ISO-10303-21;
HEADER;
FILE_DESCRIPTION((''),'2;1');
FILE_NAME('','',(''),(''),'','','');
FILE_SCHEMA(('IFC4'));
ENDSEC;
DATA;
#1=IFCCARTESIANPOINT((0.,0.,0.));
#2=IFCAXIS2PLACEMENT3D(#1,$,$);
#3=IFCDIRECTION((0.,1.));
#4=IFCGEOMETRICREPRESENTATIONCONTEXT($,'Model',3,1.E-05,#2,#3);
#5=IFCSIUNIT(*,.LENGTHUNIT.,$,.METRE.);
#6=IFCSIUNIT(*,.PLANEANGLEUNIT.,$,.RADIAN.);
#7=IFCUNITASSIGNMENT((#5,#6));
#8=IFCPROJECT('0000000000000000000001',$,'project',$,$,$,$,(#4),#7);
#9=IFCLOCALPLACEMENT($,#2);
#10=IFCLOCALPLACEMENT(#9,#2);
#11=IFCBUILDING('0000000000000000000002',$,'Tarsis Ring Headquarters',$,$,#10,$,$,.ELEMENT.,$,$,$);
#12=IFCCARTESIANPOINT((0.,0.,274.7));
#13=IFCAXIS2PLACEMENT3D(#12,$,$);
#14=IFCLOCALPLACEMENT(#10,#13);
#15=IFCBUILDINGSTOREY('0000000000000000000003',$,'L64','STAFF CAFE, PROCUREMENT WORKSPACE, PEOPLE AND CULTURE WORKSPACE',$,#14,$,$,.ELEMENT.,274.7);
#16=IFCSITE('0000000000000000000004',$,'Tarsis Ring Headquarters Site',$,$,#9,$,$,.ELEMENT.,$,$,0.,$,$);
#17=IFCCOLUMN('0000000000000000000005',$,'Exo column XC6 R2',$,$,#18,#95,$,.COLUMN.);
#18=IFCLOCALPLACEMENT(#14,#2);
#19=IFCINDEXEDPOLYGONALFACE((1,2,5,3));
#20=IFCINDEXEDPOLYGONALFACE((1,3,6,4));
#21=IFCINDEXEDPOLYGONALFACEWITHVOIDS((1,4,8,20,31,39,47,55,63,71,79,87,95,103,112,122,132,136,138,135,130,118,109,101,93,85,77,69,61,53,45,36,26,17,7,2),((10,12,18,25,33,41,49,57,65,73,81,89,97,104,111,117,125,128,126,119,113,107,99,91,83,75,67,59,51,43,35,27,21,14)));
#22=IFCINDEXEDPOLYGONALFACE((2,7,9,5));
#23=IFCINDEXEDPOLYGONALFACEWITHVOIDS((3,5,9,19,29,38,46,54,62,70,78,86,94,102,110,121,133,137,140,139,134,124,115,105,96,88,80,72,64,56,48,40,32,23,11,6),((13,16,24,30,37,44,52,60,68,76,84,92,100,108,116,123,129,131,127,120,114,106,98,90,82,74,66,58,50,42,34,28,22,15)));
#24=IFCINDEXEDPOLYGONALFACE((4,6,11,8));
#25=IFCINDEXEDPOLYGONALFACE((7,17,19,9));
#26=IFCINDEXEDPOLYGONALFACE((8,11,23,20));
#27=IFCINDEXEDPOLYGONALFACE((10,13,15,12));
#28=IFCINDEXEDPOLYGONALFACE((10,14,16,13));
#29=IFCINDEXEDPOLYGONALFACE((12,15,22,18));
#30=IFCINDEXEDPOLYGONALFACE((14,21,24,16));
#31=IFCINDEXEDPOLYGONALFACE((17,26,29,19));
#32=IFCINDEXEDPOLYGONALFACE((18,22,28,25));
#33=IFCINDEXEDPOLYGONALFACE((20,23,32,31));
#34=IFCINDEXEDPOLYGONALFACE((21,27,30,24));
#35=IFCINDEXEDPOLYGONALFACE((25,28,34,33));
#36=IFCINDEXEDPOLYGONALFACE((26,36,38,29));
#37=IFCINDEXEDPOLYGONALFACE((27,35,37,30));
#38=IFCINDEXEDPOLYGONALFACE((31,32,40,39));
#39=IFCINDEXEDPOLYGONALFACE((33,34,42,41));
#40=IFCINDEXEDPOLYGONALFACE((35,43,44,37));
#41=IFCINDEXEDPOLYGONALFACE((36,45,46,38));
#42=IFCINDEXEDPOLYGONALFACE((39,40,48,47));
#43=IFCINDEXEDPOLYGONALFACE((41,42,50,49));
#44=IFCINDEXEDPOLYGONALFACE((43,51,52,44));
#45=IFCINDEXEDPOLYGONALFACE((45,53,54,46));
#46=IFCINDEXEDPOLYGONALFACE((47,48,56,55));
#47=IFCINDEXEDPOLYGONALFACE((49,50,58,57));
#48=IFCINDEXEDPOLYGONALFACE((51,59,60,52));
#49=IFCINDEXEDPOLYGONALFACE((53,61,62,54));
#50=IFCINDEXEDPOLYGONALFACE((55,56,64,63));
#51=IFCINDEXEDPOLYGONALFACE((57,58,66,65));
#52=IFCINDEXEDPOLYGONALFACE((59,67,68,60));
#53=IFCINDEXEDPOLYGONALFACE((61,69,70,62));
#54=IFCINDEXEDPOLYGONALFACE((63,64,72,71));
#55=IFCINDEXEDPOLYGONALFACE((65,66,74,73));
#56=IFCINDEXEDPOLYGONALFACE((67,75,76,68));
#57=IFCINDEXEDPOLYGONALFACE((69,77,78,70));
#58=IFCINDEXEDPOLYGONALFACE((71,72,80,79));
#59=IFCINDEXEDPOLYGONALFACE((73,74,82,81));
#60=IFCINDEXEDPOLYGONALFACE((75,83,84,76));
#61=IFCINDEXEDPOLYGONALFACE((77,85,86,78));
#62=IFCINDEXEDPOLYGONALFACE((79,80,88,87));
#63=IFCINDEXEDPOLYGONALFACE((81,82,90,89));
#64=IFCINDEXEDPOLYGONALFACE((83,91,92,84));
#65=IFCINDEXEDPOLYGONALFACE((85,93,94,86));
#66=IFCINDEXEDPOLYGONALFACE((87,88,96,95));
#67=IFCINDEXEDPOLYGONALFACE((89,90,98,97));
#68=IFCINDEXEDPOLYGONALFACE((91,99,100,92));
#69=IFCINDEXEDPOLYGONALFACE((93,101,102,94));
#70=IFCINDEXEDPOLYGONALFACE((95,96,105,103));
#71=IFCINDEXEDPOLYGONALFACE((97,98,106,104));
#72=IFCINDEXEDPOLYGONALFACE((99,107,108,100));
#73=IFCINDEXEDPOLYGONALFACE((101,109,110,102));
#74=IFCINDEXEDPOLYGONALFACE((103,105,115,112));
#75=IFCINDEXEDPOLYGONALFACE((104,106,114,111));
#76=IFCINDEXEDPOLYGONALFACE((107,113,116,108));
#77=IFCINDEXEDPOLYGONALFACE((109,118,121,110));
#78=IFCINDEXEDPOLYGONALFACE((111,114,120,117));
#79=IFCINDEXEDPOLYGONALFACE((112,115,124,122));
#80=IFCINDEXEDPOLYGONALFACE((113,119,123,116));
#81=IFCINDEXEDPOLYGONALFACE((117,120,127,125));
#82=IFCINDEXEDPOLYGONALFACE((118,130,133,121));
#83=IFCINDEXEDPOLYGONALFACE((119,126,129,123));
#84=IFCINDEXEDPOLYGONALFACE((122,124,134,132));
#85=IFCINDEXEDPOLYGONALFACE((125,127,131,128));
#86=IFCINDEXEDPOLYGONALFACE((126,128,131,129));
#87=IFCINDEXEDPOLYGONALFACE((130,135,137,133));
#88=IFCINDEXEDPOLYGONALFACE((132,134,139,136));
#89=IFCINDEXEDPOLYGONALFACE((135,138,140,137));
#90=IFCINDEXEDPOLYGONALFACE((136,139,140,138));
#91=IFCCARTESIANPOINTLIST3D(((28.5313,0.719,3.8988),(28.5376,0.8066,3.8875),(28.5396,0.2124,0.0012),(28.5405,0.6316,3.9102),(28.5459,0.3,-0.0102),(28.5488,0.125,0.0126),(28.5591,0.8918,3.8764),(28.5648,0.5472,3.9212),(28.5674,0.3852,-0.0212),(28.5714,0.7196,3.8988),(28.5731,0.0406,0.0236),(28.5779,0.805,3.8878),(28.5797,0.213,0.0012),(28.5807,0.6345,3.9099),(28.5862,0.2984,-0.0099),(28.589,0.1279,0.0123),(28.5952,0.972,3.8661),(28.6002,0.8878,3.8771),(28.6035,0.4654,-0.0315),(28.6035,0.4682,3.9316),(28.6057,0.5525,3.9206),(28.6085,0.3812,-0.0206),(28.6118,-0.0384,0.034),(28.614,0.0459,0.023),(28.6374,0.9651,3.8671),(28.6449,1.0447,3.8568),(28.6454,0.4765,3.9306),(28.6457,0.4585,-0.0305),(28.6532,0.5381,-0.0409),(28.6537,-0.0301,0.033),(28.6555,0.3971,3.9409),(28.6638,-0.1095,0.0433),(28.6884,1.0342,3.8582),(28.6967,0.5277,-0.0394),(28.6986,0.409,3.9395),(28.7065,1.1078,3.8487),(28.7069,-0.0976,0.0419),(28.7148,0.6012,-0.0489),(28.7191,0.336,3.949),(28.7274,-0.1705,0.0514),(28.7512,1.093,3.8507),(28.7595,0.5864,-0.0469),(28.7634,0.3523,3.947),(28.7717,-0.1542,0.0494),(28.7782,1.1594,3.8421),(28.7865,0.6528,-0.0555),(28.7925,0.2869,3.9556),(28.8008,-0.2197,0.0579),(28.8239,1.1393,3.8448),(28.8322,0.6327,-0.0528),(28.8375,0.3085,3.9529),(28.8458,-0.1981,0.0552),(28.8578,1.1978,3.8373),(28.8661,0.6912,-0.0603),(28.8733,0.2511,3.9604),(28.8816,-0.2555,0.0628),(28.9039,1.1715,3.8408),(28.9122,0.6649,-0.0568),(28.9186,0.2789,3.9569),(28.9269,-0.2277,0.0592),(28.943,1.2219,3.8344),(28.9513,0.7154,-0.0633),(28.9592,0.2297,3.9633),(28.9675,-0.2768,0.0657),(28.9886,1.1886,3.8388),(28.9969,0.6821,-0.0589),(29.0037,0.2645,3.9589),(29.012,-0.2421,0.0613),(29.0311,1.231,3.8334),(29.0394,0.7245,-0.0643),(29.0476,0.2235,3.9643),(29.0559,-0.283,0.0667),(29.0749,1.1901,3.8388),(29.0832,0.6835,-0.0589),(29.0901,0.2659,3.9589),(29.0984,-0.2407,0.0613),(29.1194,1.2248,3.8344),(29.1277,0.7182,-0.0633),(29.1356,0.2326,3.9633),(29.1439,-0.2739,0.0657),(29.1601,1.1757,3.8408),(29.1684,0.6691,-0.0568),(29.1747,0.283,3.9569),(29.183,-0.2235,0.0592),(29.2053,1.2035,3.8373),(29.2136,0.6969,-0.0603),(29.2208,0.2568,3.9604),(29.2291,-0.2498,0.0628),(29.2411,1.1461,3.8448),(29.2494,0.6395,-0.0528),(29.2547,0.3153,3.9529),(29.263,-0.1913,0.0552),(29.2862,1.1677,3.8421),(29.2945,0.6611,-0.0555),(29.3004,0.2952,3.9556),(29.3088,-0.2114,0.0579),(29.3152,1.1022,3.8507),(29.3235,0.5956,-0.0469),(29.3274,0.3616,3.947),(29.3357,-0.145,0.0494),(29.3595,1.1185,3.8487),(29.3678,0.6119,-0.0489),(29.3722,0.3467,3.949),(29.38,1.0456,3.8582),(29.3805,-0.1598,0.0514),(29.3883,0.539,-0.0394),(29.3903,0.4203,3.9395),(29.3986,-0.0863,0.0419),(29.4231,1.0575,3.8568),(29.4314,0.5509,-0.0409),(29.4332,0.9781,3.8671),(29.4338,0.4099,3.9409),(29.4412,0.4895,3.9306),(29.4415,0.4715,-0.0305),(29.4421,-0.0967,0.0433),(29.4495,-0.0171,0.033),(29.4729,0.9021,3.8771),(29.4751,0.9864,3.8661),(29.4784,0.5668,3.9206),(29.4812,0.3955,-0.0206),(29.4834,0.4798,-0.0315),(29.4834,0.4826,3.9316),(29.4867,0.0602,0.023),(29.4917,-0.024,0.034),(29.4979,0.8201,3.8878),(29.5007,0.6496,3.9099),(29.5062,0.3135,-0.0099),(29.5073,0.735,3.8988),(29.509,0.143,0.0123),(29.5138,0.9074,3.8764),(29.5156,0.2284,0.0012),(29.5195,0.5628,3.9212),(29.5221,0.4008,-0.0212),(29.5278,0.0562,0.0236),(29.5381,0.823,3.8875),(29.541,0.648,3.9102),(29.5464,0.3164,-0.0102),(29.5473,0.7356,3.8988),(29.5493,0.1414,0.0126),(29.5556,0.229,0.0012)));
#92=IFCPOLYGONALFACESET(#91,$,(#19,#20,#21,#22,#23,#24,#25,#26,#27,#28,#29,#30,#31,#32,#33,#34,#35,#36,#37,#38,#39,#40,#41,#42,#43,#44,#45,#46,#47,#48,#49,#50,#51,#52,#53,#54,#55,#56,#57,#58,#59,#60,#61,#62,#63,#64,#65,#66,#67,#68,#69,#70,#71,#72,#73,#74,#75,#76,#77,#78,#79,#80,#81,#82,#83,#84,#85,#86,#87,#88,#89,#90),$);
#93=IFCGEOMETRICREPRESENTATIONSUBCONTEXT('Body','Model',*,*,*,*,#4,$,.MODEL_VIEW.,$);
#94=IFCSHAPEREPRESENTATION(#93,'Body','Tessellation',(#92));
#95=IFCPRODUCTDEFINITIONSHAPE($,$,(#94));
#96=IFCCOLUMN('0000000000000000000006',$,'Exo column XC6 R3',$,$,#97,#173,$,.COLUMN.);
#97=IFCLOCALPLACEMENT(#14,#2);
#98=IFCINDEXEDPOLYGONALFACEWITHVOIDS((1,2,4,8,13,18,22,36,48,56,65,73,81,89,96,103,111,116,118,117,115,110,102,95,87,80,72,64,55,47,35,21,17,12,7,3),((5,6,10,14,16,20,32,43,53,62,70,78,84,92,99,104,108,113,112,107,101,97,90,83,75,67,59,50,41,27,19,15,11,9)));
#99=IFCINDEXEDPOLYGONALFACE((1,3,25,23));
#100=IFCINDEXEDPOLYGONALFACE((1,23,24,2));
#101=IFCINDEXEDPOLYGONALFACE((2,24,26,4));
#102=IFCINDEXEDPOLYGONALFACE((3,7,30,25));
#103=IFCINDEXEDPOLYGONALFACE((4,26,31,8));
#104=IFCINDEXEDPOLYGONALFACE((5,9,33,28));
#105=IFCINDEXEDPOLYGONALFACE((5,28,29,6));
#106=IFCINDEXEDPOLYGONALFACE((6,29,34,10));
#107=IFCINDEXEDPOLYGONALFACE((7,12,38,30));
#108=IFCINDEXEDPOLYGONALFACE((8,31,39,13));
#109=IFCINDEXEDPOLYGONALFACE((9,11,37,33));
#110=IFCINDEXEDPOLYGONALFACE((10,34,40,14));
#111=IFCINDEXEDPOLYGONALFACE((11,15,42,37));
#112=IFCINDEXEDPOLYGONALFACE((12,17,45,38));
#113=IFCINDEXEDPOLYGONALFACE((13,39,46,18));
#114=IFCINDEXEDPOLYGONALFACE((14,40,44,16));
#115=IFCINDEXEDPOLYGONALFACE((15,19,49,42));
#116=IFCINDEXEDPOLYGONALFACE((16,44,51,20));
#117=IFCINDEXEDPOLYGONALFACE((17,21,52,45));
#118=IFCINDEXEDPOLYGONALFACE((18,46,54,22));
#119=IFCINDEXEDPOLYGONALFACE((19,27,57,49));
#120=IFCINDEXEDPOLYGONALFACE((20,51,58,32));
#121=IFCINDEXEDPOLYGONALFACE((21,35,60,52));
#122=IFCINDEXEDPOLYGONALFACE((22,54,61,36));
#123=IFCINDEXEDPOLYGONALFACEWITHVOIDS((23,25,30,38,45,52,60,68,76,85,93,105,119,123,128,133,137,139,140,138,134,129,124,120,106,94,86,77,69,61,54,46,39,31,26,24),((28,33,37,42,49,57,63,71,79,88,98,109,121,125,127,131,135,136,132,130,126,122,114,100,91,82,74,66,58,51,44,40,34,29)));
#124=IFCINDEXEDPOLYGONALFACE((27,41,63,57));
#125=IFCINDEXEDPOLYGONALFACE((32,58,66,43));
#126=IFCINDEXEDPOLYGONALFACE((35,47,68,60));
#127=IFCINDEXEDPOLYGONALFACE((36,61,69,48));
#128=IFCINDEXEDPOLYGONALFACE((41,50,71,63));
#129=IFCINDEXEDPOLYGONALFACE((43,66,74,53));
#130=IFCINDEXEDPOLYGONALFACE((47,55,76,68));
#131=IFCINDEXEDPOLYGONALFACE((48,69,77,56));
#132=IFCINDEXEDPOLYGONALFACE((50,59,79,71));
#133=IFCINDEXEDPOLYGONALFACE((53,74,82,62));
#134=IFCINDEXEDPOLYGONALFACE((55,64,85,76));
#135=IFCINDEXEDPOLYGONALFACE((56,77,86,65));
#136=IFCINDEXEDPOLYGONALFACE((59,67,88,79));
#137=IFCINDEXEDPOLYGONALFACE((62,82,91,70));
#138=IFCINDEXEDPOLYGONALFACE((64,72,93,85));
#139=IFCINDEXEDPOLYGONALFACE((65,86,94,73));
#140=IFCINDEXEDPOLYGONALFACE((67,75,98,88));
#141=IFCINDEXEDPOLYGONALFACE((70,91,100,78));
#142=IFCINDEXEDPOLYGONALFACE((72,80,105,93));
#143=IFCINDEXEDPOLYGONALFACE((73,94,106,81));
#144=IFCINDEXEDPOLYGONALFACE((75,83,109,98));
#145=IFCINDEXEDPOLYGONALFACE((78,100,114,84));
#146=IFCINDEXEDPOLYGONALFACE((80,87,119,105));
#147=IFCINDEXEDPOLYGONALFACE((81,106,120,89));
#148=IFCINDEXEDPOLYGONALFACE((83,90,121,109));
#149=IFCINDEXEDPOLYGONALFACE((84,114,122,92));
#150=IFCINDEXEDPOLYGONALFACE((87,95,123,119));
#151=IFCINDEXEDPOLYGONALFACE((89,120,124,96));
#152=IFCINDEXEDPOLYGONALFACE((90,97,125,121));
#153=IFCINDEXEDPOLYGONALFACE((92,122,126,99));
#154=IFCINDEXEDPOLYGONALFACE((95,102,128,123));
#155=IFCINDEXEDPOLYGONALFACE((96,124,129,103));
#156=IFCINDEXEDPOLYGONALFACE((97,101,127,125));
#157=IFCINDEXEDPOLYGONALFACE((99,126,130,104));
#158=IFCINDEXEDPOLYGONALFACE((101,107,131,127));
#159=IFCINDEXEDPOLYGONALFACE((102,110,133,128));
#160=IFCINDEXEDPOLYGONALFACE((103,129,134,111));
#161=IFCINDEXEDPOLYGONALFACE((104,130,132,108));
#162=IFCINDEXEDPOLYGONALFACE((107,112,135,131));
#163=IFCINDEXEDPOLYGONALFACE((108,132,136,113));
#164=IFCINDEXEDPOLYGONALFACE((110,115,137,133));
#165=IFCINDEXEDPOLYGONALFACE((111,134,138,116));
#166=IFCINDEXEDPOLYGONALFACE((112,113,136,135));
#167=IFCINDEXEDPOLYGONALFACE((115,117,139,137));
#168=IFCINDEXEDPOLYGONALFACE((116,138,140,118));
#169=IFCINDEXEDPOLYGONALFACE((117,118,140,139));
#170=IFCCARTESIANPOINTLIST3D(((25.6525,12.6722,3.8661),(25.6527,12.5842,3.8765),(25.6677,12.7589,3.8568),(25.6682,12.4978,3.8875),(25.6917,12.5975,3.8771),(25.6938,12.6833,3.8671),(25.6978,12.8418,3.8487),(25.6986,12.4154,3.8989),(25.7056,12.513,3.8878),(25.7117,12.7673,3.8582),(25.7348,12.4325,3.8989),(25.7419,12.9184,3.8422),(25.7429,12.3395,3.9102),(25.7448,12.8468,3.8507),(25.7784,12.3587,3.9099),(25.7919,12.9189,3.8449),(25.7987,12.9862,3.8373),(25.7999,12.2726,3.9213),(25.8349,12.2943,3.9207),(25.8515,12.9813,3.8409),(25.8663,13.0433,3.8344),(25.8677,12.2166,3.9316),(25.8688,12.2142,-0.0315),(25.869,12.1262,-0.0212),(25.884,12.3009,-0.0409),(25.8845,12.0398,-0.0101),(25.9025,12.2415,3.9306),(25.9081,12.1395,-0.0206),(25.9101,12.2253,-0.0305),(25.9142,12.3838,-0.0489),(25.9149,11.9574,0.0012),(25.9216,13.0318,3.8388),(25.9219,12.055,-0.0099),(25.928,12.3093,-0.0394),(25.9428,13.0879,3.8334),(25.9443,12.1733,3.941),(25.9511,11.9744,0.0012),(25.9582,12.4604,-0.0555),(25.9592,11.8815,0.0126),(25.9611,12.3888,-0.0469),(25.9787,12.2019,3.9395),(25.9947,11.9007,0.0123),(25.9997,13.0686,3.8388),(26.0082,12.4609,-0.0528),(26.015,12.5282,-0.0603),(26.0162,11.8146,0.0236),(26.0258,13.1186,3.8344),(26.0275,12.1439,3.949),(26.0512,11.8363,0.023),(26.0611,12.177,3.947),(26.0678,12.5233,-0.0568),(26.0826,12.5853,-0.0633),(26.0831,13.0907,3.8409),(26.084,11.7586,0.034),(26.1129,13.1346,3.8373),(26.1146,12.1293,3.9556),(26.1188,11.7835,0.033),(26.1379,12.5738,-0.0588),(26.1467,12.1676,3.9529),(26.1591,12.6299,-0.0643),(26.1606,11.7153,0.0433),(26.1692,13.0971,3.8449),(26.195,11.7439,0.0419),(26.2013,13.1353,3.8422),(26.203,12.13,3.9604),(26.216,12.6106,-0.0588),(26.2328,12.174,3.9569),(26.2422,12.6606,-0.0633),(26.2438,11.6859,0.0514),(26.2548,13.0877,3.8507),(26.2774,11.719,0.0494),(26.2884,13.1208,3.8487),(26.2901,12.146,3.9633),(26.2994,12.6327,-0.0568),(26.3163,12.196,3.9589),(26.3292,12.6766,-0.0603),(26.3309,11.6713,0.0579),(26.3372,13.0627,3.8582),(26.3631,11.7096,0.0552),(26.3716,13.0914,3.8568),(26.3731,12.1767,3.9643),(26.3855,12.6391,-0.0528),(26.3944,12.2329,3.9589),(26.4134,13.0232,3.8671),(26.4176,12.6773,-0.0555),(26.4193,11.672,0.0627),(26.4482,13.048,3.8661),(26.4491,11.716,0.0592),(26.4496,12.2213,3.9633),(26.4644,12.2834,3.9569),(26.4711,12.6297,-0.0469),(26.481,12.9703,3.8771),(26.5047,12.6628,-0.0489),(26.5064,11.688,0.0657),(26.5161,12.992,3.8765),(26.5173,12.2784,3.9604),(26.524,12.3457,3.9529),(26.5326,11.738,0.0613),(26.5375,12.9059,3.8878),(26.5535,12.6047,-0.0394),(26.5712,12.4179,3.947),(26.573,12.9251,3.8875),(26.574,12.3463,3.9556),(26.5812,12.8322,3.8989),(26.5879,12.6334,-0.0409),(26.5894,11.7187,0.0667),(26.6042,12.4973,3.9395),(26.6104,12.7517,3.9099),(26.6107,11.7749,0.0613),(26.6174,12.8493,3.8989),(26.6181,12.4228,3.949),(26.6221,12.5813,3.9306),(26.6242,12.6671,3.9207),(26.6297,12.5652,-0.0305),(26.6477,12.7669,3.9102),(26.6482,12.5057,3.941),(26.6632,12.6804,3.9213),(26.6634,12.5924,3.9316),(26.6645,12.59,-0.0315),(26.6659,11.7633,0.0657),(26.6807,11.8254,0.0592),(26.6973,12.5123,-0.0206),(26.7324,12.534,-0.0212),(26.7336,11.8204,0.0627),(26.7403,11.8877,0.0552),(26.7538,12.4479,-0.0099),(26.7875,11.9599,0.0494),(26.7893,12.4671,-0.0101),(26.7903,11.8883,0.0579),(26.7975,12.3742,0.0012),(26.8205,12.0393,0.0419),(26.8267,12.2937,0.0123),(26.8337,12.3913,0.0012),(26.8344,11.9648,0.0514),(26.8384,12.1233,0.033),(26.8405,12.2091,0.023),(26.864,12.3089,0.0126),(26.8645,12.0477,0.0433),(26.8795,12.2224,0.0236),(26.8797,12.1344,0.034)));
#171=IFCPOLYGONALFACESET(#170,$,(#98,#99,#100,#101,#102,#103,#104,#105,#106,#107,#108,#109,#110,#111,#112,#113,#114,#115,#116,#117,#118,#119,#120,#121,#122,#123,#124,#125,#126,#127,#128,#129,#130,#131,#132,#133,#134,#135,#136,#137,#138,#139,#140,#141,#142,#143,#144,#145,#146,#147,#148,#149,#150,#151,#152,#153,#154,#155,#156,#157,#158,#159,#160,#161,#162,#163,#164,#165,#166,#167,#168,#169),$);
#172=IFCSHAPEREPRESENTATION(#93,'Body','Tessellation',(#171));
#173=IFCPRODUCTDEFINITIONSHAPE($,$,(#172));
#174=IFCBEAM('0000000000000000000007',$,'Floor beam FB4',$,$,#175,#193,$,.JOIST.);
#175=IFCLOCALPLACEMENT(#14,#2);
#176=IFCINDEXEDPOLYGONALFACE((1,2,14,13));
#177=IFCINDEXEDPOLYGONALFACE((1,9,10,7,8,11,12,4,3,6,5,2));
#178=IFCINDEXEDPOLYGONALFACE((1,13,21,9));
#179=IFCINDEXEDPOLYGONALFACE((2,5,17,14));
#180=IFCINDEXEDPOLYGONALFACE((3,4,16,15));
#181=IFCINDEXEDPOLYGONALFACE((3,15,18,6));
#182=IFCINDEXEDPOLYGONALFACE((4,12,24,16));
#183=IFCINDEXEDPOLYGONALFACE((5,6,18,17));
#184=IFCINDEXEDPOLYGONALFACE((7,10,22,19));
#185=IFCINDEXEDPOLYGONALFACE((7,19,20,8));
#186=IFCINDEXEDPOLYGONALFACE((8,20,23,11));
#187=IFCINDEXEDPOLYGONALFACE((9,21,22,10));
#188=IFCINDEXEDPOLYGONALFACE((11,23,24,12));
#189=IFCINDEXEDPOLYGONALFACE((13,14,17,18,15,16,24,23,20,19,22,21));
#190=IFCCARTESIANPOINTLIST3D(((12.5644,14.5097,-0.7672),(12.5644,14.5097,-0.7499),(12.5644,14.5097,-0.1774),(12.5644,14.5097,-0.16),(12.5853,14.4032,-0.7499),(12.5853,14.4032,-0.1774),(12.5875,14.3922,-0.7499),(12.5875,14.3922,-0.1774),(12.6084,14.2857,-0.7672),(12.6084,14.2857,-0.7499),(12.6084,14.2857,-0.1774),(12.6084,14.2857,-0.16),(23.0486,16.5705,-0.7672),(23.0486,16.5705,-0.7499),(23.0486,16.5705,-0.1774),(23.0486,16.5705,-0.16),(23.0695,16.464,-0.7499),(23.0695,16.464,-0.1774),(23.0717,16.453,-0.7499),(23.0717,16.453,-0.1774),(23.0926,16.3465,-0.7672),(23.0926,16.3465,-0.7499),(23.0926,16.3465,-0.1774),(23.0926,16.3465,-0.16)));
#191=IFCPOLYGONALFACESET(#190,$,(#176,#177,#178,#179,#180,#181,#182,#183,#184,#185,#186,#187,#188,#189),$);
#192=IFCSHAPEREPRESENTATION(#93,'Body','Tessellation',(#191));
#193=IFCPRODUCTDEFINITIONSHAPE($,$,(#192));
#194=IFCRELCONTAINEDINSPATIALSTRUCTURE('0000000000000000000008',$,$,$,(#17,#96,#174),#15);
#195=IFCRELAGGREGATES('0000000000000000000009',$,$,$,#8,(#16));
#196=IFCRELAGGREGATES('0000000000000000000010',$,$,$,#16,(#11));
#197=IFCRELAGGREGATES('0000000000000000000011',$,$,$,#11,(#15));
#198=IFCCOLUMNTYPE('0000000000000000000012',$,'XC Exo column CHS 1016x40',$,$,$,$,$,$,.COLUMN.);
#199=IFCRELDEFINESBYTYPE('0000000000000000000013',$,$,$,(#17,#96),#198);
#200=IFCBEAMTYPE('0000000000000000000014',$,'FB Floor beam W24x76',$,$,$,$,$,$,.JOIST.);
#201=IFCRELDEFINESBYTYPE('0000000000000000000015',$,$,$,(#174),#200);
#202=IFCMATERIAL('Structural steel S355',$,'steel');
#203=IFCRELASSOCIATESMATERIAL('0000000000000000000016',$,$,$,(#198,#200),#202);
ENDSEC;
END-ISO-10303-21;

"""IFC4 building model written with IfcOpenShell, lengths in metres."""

from ifc_helpers import new_model, si_unit, direction, frame, origin, origin_2d, place, context, subcontext, project, spatial, hollow_circle, i_section, extrude, material, material_profile, profile_set, type_object, element, save


model = new_model("IFC4")

# Units and contexts
model_context = context("Model", 3, precision=1e-05, world=origin(), true_north=direction((0.0, 1.0)))
body_context = subcontext(model_context, "Body", "Model", "MODEL_VIEW")
ifc_project = project(units=[si_unit("LENGTHUNIT", "METRE"), si_unit("PLANEANGLEUNIT", "RADIAN")], contexts=[model_context])

# Site, building, storey
site_placement = place(None, origin())
site = spatial("IfcSite", under=ifc_project, at=site_placement, Name="Tarsis Ring Headquarters Site", CompositionType="ELEMENT", RefElevation=0.0)
building_placement = place(site_placement, origin())
building = spatial("IfcBuilding", under=site, at=building_placement, Name="Tarsis Ring Headquarters", CompositionType="ELEMENT")
storey_placement = place(building_placement, frame((0.0, 0.0, 274.7)))
storey = spatial("IfcBuildingStorey", under=building, at=storey_placement, Name="L64", Description="STAFF CAFE, PROCUREMENT WORKSPACE, PEOPLE AND CULTURE WORKSPACE", CompositionType="ELEMENT", Elevation=274.7)

# Columns
ifc_material_1 = material(Name="Structural steel S355", Category="steel")
ifc_material_profile_1 = material_profile(ifc_material_1, hollow_circle(Radius=0.5081, WallThickness=0.04, at=origin_2d()), Name="CHS 1016x40")
ifc_profile_set_1 = profile_set([ifc_material_profile_1], Name="Structural steel S355")
column_type = type_object("IfcColumnType", Name="XC Exo column CHS 1016x40", PredefinedType="COLUMN", material=ifc_profile_set_1)
for number, where, z_axis, x_axis, name in (
    (1, (29.0476, 0.2207, 0.0012), (-0.002112, 0.128887, 0.991657), (-0.999866, -0.016383, 0.0), "Exo column XC6 R2"),
    (2, (26.3743, 12.1743, 0.0012), (-0.055034, 0.116527, 0.991662), (-0.904228, -0.42705, 0.0), "Exo column XC6 R3"),
):
    element("IfcColumn", number, at=place(storey_placement, frame(where, z_axis=z_axis, x_axis=x_axis)), inside=storey, type_object=column_type, Name=name, PredefinedType="COLUMN", context=body_context, shape_type="SweptSolid", body=[
        extrude(hollow_circle(Radius=0.5081, WallThickness=0.04, at=origin_2d()), origin(), (0.0, 0.0, 1.0), 3.9304),
    ])

# Beam
ifc_material_profile_2 = material_profile(ifc_material_1, i_section(OverallWidth=0.2283, OverallDepth=0.6072, WebThickness=0.0112, FlangeThickness=0.0173, at=origin_2d()), Name="W24x76")
ifc_profile_set_2 = profile_set([ifc_material_profile_2], Name="Structural steel S355")
beam_type_1 = type_object("IfcBeamType", Name="FB Floor beam W24x76", PredefinedType="JOIST", material=ifc_profile_set_2)
beam_1_placement = place(storey_placement, frame((12.5864, 14.3977, -0.4636), z_axis=(0.981224, 0.192872, 0.0), x_axis=(-0.192872, 0.981224, 0.0)))
element("IfcBeam", 3, at=beam_1_placement, inside=storey, type_object=beam_type_1, Name="Floor beam FB4", PredefinedType="JOIST", context=body_context, shape_type="SweptSolid", body=[
    extrude(i_section(OverallWidth=0.2283, OverallDepth=0.6072, WebThickness=0.0112, FlangeThickness=0.0173, at=origin_2d()), origin(), (0.0, 0.0, 1.0), 10.6848),
])

save(model, "model.ifc")
